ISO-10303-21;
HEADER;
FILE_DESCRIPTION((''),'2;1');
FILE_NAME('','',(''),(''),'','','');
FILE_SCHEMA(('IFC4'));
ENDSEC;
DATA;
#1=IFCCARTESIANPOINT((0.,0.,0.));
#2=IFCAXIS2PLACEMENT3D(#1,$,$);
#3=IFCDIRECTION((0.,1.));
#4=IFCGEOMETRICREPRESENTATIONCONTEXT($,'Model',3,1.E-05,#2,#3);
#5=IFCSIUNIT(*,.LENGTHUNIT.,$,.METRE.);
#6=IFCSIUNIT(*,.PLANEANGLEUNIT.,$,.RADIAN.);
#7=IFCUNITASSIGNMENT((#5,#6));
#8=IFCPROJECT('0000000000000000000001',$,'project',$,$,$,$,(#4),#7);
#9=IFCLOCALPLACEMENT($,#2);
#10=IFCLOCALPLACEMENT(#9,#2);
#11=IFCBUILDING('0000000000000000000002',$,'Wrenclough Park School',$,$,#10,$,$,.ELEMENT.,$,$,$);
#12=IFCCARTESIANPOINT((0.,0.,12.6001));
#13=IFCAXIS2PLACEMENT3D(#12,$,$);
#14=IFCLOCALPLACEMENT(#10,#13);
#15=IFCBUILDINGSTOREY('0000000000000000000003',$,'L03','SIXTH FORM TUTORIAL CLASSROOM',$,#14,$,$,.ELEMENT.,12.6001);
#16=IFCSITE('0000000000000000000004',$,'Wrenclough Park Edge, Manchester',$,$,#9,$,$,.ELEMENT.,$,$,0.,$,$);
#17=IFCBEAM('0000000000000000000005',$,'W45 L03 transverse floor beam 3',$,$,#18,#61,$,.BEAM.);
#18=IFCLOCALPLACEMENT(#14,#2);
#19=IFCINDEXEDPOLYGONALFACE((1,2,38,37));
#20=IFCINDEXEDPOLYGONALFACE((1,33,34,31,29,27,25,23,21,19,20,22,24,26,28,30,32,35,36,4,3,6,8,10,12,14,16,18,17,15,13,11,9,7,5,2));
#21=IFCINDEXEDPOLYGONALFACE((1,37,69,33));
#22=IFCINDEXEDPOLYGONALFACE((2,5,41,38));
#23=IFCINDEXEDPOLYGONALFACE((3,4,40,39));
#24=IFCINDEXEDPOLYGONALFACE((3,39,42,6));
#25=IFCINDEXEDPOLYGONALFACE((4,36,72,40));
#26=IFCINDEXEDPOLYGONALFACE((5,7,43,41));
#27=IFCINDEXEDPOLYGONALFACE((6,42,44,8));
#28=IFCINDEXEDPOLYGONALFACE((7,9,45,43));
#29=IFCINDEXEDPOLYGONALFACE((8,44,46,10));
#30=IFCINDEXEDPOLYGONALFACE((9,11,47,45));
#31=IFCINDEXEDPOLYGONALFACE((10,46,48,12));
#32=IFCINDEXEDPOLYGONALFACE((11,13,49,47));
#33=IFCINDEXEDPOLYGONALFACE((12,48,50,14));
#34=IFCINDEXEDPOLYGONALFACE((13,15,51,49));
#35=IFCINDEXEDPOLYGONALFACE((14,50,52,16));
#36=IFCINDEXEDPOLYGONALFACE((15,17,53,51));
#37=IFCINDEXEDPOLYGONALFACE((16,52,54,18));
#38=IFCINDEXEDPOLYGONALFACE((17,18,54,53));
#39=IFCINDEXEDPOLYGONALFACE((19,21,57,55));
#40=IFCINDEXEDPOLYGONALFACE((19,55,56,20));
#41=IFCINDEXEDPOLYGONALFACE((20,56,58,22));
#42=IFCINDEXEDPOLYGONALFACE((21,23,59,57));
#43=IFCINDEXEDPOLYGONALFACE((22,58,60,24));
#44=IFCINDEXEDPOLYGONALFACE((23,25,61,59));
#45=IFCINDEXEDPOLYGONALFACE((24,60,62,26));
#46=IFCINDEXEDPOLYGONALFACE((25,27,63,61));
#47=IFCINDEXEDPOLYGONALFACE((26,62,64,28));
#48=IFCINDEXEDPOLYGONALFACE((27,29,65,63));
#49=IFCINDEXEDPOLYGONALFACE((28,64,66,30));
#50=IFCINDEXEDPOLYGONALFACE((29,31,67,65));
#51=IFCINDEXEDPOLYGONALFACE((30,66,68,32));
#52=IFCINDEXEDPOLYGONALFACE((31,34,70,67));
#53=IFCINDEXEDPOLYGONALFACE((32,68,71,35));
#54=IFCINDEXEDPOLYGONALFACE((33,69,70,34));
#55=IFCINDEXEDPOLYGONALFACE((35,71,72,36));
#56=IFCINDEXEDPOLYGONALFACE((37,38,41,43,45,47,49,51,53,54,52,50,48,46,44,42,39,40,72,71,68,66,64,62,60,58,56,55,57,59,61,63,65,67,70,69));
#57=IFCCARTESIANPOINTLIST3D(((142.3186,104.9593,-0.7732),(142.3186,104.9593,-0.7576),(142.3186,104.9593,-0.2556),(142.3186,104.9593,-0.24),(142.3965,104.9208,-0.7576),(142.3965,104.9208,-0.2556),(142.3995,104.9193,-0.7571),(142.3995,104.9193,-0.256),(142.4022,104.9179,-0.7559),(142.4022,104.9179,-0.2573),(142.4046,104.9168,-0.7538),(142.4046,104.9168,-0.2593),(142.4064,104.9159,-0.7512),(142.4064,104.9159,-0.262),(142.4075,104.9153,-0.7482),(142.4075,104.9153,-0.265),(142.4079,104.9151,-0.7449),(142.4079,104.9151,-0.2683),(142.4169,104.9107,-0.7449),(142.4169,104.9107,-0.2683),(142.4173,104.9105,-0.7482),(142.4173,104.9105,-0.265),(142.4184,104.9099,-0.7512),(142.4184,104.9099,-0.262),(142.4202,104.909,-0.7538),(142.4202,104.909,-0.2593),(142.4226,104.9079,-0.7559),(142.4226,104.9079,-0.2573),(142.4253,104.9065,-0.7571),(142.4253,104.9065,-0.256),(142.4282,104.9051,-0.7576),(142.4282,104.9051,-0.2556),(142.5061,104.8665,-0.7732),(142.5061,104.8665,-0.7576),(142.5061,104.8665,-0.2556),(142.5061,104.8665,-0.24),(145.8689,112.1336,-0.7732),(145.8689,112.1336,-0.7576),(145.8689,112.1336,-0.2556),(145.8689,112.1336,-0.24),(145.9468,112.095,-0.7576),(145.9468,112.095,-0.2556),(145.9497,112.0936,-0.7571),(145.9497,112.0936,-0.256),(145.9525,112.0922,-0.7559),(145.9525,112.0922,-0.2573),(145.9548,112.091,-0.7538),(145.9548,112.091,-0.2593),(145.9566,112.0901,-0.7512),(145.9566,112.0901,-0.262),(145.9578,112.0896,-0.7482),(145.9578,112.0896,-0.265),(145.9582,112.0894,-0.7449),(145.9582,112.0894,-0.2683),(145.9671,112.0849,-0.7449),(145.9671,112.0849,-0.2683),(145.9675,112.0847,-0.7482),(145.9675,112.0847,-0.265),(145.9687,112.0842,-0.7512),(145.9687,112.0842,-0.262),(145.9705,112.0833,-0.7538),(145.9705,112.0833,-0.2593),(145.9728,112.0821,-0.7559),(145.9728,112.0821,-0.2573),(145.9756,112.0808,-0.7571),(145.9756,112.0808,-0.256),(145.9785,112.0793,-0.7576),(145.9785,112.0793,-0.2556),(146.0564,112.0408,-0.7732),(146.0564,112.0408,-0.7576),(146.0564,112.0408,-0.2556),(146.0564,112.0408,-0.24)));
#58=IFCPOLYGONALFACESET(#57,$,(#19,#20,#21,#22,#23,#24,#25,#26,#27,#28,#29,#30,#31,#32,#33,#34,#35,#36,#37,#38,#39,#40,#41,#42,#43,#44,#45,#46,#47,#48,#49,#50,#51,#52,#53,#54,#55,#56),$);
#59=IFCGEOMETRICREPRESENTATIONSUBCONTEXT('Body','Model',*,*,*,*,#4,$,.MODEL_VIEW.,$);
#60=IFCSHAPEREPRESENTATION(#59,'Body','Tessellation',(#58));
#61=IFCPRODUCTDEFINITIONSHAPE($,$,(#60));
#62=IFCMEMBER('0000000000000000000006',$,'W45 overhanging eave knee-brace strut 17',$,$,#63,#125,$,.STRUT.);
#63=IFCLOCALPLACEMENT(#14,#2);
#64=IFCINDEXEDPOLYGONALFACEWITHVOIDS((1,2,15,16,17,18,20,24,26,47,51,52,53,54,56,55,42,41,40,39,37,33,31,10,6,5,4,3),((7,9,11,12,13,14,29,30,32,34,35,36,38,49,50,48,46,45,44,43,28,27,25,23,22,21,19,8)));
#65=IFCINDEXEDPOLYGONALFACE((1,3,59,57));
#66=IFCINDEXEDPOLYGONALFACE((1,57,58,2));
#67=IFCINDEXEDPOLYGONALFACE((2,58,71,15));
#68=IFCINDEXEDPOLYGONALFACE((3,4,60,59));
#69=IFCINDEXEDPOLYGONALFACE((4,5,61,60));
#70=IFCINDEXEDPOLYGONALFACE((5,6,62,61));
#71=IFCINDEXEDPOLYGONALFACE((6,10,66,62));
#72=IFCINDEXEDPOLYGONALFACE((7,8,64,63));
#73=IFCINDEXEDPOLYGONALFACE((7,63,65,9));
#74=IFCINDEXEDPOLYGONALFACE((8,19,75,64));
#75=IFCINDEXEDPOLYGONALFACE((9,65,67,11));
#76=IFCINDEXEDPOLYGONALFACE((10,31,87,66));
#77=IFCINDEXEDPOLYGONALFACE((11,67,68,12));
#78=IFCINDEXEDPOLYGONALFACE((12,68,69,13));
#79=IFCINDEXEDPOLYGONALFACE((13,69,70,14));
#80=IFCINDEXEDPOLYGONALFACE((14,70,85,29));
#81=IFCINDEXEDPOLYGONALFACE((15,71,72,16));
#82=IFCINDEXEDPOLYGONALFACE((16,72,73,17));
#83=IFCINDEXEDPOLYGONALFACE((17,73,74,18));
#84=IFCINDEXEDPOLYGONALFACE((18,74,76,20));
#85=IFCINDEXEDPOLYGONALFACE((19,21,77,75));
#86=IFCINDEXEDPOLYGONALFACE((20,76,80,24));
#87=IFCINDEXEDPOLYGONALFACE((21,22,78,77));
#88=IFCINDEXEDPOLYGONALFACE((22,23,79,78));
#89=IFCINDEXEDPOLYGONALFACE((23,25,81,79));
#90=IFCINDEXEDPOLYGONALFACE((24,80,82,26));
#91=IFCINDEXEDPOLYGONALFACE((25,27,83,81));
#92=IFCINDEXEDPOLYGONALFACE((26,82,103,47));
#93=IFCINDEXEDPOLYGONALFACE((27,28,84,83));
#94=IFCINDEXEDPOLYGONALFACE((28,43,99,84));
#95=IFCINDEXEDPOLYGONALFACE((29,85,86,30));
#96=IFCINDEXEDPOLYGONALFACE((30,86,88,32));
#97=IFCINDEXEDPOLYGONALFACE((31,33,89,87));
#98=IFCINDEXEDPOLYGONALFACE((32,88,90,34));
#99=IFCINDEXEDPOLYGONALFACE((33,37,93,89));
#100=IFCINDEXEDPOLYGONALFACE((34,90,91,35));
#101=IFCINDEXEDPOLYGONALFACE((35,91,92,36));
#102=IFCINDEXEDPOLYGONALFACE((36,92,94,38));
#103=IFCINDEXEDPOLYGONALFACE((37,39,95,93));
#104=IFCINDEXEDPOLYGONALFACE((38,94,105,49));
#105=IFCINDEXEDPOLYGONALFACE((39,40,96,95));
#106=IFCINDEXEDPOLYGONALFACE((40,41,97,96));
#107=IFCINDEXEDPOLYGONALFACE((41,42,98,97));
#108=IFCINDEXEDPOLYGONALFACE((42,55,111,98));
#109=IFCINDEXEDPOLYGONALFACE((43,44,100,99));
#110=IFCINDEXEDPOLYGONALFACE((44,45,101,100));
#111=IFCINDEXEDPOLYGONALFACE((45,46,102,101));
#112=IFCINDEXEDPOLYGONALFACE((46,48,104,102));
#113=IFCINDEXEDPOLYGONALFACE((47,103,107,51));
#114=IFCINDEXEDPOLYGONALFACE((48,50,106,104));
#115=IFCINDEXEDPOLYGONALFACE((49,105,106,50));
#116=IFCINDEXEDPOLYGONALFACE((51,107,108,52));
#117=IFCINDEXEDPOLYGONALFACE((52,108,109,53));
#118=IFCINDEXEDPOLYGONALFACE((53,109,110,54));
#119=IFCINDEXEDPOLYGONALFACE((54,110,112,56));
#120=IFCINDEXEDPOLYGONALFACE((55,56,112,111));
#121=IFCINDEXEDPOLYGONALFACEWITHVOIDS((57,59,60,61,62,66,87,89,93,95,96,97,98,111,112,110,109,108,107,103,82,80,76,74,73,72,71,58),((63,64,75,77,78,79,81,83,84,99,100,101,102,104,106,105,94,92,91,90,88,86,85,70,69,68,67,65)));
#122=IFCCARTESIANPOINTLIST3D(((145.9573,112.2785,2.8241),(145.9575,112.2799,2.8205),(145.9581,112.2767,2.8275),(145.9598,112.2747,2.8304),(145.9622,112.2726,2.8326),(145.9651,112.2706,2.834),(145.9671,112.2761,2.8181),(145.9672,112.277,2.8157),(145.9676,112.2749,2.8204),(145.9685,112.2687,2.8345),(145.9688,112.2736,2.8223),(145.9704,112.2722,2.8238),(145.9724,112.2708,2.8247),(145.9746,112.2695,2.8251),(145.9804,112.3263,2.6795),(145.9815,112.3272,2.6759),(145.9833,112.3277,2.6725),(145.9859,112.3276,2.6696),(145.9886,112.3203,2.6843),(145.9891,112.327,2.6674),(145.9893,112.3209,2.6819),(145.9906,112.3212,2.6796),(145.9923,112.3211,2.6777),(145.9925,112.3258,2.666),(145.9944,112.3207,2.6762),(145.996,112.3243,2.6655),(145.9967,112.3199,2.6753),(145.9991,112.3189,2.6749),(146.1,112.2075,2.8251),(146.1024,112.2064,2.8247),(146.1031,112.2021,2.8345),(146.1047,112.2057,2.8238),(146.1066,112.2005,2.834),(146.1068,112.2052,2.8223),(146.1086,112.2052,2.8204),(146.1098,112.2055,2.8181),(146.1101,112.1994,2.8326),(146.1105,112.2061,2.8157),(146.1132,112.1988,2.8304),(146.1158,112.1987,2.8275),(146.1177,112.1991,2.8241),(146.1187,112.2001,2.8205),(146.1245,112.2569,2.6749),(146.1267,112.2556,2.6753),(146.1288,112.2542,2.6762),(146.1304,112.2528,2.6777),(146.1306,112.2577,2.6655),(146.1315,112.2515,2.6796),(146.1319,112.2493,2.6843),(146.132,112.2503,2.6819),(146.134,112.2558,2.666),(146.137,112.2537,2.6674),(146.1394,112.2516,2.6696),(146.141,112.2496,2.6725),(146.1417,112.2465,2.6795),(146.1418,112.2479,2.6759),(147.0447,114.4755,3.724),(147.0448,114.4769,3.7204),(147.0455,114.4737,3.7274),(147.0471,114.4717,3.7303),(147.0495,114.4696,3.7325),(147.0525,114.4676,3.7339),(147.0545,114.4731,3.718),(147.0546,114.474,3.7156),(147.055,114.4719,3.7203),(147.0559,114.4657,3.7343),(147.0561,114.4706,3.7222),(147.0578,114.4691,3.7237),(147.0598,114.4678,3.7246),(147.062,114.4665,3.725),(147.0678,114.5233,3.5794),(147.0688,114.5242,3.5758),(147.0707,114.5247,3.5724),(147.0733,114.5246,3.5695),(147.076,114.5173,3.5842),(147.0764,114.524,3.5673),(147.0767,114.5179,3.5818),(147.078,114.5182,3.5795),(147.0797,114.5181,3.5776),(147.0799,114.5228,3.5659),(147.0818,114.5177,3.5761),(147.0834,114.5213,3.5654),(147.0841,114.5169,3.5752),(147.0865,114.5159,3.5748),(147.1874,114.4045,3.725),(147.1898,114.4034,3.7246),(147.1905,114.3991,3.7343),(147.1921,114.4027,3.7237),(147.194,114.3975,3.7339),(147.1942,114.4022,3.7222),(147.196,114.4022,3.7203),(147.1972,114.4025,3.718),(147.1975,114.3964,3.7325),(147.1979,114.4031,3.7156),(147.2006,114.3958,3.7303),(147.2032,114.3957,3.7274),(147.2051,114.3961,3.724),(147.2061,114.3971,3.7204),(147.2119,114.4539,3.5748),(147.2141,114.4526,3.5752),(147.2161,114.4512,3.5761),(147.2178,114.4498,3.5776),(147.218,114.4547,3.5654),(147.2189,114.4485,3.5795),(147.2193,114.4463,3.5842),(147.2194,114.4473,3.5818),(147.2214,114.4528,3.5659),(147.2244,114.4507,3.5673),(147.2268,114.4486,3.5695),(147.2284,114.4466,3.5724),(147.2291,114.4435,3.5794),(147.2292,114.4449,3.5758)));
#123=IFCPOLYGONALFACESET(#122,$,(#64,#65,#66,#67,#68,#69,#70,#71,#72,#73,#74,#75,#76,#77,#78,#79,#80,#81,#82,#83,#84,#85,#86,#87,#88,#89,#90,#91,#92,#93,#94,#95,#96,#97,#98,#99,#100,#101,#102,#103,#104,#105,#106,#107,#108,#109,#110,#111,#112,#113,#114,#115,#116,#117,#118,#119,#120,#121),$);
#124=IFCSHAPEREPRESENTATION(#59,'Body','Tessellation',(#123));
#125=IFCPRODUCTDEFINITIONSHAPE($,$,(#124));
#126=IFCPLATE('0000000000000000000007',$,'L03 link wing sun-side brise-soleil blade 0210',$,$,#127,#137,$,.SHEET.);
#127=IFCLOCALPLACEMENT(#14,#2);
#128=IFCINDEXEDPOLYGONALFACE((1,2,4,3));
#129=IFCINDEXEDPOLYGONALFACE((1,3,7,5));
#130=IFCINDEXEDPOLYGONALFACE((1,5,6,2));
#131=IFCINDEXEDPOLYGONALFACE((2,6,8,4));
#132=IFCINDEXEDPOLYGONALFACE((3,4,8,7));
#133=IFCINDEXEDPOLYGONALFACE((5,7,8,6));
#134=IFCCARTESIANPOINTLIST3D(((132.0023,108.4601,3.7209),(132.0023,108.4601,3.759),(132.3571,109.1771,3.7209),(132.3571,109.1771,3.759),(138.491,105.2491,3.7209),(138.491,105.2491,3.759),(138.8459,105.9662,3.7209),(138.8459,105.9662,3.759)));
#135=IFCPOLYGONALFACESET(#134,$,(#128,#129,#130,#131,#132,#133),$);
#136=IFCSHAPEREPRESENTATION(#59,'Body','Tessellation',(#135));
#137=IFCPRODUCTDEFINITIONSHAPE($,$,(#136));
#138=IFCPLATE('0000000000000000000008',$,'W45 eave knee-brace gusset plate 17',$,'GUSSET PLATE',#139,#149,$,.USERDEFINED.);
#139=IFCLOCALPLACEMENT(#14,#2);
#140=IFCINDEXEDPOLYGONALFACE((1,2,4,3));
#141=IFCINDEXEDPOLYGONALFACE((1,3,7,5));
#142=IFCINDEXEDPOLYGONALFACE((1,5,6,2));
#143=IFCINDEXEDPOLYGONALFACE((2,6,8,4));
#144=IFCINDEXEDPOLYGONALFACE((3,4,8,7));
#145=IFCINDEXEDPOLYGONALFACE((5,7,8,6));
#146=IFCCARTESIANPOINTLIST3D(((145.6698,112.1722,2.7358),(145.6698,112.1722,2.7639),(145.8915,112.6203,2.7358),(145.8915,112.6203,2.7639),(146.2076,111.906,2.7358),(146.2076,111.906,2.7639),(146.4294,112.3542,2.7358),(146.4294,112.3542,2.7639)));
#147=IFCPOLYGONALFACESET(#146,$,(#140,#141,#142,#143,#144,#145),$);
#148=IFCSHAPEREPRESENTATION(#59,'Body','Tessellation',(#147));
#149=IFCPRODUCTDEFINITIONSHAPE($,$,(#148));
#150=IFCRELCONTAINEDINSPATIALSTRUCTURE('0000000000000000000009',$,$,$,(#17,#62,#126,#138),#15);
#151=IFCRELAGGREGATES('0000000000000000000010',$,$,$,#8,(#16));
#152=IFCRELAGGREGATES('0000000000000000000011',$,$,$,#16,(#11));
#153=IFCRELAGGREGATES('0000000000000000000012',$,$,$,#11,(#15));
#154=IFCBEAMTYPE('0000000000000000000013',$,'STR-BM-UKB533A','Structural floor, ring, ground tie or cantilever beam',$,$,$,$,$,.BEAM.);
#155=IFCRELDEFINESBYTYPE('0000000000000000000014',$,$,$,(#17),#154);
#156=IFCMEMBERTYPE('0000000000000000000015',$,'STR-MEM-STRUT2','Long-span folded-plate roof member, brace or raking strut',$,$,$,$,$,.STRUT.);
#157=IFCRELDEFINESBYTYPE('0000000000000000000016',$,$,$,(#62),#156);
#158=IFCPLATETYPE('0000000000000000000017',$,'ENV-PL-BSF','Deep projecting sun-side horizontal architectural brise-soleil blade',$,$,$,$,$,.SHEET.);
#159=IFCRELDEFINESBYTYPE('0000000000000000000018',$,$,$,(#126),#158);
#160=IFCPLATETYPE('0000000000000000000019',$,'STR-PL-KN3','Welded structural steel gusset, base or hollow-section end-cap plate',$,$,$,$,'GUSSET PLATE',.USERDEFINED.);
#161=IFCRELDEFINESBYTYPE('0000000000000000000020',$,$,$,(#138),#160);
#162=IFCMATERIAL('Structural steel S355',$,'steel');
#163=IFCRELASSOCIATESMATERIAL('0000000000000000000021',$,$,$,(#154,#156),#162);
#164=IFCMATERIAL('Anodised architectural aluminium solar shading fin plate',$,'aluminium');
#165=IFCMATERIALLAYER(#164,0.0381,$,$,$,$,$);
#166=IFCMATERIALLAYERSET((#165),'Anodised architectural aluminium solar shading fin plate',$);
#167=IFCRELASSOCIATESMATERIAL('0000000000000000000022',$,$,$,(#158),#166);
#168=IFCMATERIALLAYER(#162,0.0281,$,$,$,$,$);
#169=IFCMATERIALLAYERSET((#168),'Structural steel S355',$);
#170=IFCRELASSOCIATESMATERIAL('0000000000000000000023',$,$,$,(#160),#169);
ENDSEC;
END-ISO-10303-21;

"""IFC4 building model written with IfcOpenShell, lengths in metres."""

from ifc_helpers import new_model, si_unit, direction, frame, origin, origin_2d, place, context, subcontext, project, spatial, rectangle, hollow_rectangle, i_section, extrude, material, layer, layer_set, material_profile, profile_set, type_object, element, save


model = new_model("IFC4")

# Units and contexts
model_context = context("Model", 3, precision=1e-05, world=origin(), true_north=direction((0.0, 1.0)))
body_context = subcontext(model_context, "Body", "Model", "MODEL_VIEW")
ifc_project = project(units=[si_unit("LENGTHUNIT", "METRE"), si_unit("PLANEANGLEUNIT", "RADIAN")], contexts=[model_context])

# Site, building, storey
site_placement = place(None, origin())
site = spatial("IfcSite", under=ifc_project, at=site_placement, Name="Wrenclough Park Edge, Manchester", CompositionType="ELEMENT", RefElevation=0.0)
building_placement = place(site_placement, origin())
building = spatial("IfcBuilding", under=site, at=building_placement, Name="Wrenclough Park School", CompositionType="ELEMENT")
storey_placement = place(building_placement, frame((0.0, 0.0, 12.6001)))
storey = spatial("IfcBuildingStorey", under=building, at=storey_placement, Name="L03", Description="SIXTH FORM TUTORIAL CLASSROOM", CompositionType="ELEMENT", Elevation=12.6001)

# Shared definitions
ifc_material_1 = material(Name="Structural steel S355", Category="steel")

# Beam
ifc_material_profile_1 = material_profile(ifc_material_1, i_section(OverallWidth=0.2092, OverallDepth=0.5332, WebThickness=0.01, FlangeThickness=0.0156, FilletRadius=0.0127, at=origin_2d()), Name="UKB 533x210x92")
ifc_profile_set_1 = profile_set([ifc_material_profile_1], Name="Structural steel S355")
beam_type_1 = type_object("IfcBeamType", Name="STR-BM-UKB533A", Description="Structural floor, ring, ground tie or cantilever beam", PredefinedType="BEAM", material=ifc_profile_set_1)
for number, where, z_axis, x_axis, name in (
    (1, (145.9626, 112.0872, -0.5066), (-0.443525, -0.896262, 0.0), (0.896262, -0.443525, 0.0), "W45 L03 transverse floor beam 3"),
):
    element("IfcBeam", number, at=place(storey_placement, frame(where, z_axis=z_axis, x_axis=x_axis)), inside=storey, type_object=beam_type_1, Name=name, PredefinedType="BEAM", context=body_context, shape_type="SweptSolid", body=[
        extrude(i_section(OverallWidth=0.2092, OverallDepth=0.5332, WebThickness=0.01, FlangeThickness=0.0156, FilletRadius=0.0127, at=origin_2d()), origin(), (0.0, 0.0, 1.0), 8.0046),
    ])

# Member
ifc_material_profile_2 = material_profile(ifc_material_1, hollow_rectangle(XDim=0.1799, YDim=0.1799, WallThickness=0.01, InnerFilletRadius=0.01, OuterFilletRadius=0.0149, at=origin_2d()), Name="SHS 180x180x10.0")
ifc_profile_set_2 = profile_set([ifc_material_profile_2], Name="Structural steel S355")
member_type = type_object("IfcMemberType", Name="STR-MEM-STRUT2", Description="Long-span folded-plate roof member, brace or raking strut", PredefinedType="STRUT", material=ifc_profile_set_2)
member_placement = place(storey_placement, frame((146.0496, 112.2632, 2.75), z_axis=(0.416413, 0.841334, 0.344611), x_axis=(-0.896232, 0.443585, 0.0)))
element("IfcMember", 2, at=member_placement, inside=storey, type_object=member_type, Name="W45 overhanging eave knee-brace strut 17", PredefinedType="STRUT", context=body_context, shape_type="SweptSolid", body=[
    extrude(hollow_rectangle(XDim=0.1799, YDim=0.1799, WallThickness=0.01, InnerFilletRadius=0.01, OuterFilletRadius=0.0149, at=origin_2d()), origin(), (0.0, 0.0, 1.0), 2.6113),
])

# Plates
ifc_material_2 = material(Name="Anodised architectural aluminium solar shading fin plate", Category="aluminium")
ifc_layer_1 = layer(ifc_material_2, 0.0381)
ifc_layer_set_1 = layer_set([ifc_layer_1], Name="Anodised architectural aluminium solar shading fin plate")
plate_type_1 = type_object("IfcPlateType", Name="ENV-PL-BSF", Description="Deep projecting sun-side horizontal architectural brise-soleil blade", PredefinedType="SHEET", material=ifc_layer_set_1)
plate_1_placement = place(storey_placement, frame((135.4241, 107.2131, 3.7209), z_axis=(0.0, 0.0, 1.0), x_axis=(-0.896265, 0.443519, 0.0)))
element("IfcPlate", 3, at=plate_1_placement, inside=storey, type_object=plate_type_1, Name="L03 link wing sun-side brise-soleil blade 0210", PredefinedType="SHEET", context=body_context, shape_type="SweptSolid", body=[
    extrude(rectangle(XDim=7.2397, YDim=0.8, at=origin_2d()), origin(), (0.0, 0.0, 1.0), 0.0381),
])
ifc_layer_2 = layer(ifc_material_1, 0.0281)
ifc_layer_set_2 = layer_set([ifc_layer_2], Name="Structural steel S355")
plate_type_2 = type_object("IfcPlateType", Name="STR-PL-KN3", Description="Welded structural steel gusset, base or hollow-section end-cap plate", ElementType="GUSSET PLATE", PredefinedType="USERDEFINED", material=ifc_layer_set_2)
plate_2_placement = place(storey_placement, frame((146.0496, 112.2632, 2.7358), z_axis=(0.0, 0.0, 1.0), x_axis=(0.896268, -0.443514, 0.0)))
element("IfcPlate", 4, at=plate_2_placement, inside=storey, type_object=plate_type_2, Name="W45 eave knee-brace gusset plate 17", ObjectType="GUSSET PLATE", PredefinedType="USERDEFINED", context=body_context, shape_type="SweptSolid", body=[
    extrude(rectangle(XDim=0.6001, YDim=0.5, at=origin_2d()), origin(), (0.0, 0.0, 1.0), 0.0281),
])

save(model, "model.ifc")
